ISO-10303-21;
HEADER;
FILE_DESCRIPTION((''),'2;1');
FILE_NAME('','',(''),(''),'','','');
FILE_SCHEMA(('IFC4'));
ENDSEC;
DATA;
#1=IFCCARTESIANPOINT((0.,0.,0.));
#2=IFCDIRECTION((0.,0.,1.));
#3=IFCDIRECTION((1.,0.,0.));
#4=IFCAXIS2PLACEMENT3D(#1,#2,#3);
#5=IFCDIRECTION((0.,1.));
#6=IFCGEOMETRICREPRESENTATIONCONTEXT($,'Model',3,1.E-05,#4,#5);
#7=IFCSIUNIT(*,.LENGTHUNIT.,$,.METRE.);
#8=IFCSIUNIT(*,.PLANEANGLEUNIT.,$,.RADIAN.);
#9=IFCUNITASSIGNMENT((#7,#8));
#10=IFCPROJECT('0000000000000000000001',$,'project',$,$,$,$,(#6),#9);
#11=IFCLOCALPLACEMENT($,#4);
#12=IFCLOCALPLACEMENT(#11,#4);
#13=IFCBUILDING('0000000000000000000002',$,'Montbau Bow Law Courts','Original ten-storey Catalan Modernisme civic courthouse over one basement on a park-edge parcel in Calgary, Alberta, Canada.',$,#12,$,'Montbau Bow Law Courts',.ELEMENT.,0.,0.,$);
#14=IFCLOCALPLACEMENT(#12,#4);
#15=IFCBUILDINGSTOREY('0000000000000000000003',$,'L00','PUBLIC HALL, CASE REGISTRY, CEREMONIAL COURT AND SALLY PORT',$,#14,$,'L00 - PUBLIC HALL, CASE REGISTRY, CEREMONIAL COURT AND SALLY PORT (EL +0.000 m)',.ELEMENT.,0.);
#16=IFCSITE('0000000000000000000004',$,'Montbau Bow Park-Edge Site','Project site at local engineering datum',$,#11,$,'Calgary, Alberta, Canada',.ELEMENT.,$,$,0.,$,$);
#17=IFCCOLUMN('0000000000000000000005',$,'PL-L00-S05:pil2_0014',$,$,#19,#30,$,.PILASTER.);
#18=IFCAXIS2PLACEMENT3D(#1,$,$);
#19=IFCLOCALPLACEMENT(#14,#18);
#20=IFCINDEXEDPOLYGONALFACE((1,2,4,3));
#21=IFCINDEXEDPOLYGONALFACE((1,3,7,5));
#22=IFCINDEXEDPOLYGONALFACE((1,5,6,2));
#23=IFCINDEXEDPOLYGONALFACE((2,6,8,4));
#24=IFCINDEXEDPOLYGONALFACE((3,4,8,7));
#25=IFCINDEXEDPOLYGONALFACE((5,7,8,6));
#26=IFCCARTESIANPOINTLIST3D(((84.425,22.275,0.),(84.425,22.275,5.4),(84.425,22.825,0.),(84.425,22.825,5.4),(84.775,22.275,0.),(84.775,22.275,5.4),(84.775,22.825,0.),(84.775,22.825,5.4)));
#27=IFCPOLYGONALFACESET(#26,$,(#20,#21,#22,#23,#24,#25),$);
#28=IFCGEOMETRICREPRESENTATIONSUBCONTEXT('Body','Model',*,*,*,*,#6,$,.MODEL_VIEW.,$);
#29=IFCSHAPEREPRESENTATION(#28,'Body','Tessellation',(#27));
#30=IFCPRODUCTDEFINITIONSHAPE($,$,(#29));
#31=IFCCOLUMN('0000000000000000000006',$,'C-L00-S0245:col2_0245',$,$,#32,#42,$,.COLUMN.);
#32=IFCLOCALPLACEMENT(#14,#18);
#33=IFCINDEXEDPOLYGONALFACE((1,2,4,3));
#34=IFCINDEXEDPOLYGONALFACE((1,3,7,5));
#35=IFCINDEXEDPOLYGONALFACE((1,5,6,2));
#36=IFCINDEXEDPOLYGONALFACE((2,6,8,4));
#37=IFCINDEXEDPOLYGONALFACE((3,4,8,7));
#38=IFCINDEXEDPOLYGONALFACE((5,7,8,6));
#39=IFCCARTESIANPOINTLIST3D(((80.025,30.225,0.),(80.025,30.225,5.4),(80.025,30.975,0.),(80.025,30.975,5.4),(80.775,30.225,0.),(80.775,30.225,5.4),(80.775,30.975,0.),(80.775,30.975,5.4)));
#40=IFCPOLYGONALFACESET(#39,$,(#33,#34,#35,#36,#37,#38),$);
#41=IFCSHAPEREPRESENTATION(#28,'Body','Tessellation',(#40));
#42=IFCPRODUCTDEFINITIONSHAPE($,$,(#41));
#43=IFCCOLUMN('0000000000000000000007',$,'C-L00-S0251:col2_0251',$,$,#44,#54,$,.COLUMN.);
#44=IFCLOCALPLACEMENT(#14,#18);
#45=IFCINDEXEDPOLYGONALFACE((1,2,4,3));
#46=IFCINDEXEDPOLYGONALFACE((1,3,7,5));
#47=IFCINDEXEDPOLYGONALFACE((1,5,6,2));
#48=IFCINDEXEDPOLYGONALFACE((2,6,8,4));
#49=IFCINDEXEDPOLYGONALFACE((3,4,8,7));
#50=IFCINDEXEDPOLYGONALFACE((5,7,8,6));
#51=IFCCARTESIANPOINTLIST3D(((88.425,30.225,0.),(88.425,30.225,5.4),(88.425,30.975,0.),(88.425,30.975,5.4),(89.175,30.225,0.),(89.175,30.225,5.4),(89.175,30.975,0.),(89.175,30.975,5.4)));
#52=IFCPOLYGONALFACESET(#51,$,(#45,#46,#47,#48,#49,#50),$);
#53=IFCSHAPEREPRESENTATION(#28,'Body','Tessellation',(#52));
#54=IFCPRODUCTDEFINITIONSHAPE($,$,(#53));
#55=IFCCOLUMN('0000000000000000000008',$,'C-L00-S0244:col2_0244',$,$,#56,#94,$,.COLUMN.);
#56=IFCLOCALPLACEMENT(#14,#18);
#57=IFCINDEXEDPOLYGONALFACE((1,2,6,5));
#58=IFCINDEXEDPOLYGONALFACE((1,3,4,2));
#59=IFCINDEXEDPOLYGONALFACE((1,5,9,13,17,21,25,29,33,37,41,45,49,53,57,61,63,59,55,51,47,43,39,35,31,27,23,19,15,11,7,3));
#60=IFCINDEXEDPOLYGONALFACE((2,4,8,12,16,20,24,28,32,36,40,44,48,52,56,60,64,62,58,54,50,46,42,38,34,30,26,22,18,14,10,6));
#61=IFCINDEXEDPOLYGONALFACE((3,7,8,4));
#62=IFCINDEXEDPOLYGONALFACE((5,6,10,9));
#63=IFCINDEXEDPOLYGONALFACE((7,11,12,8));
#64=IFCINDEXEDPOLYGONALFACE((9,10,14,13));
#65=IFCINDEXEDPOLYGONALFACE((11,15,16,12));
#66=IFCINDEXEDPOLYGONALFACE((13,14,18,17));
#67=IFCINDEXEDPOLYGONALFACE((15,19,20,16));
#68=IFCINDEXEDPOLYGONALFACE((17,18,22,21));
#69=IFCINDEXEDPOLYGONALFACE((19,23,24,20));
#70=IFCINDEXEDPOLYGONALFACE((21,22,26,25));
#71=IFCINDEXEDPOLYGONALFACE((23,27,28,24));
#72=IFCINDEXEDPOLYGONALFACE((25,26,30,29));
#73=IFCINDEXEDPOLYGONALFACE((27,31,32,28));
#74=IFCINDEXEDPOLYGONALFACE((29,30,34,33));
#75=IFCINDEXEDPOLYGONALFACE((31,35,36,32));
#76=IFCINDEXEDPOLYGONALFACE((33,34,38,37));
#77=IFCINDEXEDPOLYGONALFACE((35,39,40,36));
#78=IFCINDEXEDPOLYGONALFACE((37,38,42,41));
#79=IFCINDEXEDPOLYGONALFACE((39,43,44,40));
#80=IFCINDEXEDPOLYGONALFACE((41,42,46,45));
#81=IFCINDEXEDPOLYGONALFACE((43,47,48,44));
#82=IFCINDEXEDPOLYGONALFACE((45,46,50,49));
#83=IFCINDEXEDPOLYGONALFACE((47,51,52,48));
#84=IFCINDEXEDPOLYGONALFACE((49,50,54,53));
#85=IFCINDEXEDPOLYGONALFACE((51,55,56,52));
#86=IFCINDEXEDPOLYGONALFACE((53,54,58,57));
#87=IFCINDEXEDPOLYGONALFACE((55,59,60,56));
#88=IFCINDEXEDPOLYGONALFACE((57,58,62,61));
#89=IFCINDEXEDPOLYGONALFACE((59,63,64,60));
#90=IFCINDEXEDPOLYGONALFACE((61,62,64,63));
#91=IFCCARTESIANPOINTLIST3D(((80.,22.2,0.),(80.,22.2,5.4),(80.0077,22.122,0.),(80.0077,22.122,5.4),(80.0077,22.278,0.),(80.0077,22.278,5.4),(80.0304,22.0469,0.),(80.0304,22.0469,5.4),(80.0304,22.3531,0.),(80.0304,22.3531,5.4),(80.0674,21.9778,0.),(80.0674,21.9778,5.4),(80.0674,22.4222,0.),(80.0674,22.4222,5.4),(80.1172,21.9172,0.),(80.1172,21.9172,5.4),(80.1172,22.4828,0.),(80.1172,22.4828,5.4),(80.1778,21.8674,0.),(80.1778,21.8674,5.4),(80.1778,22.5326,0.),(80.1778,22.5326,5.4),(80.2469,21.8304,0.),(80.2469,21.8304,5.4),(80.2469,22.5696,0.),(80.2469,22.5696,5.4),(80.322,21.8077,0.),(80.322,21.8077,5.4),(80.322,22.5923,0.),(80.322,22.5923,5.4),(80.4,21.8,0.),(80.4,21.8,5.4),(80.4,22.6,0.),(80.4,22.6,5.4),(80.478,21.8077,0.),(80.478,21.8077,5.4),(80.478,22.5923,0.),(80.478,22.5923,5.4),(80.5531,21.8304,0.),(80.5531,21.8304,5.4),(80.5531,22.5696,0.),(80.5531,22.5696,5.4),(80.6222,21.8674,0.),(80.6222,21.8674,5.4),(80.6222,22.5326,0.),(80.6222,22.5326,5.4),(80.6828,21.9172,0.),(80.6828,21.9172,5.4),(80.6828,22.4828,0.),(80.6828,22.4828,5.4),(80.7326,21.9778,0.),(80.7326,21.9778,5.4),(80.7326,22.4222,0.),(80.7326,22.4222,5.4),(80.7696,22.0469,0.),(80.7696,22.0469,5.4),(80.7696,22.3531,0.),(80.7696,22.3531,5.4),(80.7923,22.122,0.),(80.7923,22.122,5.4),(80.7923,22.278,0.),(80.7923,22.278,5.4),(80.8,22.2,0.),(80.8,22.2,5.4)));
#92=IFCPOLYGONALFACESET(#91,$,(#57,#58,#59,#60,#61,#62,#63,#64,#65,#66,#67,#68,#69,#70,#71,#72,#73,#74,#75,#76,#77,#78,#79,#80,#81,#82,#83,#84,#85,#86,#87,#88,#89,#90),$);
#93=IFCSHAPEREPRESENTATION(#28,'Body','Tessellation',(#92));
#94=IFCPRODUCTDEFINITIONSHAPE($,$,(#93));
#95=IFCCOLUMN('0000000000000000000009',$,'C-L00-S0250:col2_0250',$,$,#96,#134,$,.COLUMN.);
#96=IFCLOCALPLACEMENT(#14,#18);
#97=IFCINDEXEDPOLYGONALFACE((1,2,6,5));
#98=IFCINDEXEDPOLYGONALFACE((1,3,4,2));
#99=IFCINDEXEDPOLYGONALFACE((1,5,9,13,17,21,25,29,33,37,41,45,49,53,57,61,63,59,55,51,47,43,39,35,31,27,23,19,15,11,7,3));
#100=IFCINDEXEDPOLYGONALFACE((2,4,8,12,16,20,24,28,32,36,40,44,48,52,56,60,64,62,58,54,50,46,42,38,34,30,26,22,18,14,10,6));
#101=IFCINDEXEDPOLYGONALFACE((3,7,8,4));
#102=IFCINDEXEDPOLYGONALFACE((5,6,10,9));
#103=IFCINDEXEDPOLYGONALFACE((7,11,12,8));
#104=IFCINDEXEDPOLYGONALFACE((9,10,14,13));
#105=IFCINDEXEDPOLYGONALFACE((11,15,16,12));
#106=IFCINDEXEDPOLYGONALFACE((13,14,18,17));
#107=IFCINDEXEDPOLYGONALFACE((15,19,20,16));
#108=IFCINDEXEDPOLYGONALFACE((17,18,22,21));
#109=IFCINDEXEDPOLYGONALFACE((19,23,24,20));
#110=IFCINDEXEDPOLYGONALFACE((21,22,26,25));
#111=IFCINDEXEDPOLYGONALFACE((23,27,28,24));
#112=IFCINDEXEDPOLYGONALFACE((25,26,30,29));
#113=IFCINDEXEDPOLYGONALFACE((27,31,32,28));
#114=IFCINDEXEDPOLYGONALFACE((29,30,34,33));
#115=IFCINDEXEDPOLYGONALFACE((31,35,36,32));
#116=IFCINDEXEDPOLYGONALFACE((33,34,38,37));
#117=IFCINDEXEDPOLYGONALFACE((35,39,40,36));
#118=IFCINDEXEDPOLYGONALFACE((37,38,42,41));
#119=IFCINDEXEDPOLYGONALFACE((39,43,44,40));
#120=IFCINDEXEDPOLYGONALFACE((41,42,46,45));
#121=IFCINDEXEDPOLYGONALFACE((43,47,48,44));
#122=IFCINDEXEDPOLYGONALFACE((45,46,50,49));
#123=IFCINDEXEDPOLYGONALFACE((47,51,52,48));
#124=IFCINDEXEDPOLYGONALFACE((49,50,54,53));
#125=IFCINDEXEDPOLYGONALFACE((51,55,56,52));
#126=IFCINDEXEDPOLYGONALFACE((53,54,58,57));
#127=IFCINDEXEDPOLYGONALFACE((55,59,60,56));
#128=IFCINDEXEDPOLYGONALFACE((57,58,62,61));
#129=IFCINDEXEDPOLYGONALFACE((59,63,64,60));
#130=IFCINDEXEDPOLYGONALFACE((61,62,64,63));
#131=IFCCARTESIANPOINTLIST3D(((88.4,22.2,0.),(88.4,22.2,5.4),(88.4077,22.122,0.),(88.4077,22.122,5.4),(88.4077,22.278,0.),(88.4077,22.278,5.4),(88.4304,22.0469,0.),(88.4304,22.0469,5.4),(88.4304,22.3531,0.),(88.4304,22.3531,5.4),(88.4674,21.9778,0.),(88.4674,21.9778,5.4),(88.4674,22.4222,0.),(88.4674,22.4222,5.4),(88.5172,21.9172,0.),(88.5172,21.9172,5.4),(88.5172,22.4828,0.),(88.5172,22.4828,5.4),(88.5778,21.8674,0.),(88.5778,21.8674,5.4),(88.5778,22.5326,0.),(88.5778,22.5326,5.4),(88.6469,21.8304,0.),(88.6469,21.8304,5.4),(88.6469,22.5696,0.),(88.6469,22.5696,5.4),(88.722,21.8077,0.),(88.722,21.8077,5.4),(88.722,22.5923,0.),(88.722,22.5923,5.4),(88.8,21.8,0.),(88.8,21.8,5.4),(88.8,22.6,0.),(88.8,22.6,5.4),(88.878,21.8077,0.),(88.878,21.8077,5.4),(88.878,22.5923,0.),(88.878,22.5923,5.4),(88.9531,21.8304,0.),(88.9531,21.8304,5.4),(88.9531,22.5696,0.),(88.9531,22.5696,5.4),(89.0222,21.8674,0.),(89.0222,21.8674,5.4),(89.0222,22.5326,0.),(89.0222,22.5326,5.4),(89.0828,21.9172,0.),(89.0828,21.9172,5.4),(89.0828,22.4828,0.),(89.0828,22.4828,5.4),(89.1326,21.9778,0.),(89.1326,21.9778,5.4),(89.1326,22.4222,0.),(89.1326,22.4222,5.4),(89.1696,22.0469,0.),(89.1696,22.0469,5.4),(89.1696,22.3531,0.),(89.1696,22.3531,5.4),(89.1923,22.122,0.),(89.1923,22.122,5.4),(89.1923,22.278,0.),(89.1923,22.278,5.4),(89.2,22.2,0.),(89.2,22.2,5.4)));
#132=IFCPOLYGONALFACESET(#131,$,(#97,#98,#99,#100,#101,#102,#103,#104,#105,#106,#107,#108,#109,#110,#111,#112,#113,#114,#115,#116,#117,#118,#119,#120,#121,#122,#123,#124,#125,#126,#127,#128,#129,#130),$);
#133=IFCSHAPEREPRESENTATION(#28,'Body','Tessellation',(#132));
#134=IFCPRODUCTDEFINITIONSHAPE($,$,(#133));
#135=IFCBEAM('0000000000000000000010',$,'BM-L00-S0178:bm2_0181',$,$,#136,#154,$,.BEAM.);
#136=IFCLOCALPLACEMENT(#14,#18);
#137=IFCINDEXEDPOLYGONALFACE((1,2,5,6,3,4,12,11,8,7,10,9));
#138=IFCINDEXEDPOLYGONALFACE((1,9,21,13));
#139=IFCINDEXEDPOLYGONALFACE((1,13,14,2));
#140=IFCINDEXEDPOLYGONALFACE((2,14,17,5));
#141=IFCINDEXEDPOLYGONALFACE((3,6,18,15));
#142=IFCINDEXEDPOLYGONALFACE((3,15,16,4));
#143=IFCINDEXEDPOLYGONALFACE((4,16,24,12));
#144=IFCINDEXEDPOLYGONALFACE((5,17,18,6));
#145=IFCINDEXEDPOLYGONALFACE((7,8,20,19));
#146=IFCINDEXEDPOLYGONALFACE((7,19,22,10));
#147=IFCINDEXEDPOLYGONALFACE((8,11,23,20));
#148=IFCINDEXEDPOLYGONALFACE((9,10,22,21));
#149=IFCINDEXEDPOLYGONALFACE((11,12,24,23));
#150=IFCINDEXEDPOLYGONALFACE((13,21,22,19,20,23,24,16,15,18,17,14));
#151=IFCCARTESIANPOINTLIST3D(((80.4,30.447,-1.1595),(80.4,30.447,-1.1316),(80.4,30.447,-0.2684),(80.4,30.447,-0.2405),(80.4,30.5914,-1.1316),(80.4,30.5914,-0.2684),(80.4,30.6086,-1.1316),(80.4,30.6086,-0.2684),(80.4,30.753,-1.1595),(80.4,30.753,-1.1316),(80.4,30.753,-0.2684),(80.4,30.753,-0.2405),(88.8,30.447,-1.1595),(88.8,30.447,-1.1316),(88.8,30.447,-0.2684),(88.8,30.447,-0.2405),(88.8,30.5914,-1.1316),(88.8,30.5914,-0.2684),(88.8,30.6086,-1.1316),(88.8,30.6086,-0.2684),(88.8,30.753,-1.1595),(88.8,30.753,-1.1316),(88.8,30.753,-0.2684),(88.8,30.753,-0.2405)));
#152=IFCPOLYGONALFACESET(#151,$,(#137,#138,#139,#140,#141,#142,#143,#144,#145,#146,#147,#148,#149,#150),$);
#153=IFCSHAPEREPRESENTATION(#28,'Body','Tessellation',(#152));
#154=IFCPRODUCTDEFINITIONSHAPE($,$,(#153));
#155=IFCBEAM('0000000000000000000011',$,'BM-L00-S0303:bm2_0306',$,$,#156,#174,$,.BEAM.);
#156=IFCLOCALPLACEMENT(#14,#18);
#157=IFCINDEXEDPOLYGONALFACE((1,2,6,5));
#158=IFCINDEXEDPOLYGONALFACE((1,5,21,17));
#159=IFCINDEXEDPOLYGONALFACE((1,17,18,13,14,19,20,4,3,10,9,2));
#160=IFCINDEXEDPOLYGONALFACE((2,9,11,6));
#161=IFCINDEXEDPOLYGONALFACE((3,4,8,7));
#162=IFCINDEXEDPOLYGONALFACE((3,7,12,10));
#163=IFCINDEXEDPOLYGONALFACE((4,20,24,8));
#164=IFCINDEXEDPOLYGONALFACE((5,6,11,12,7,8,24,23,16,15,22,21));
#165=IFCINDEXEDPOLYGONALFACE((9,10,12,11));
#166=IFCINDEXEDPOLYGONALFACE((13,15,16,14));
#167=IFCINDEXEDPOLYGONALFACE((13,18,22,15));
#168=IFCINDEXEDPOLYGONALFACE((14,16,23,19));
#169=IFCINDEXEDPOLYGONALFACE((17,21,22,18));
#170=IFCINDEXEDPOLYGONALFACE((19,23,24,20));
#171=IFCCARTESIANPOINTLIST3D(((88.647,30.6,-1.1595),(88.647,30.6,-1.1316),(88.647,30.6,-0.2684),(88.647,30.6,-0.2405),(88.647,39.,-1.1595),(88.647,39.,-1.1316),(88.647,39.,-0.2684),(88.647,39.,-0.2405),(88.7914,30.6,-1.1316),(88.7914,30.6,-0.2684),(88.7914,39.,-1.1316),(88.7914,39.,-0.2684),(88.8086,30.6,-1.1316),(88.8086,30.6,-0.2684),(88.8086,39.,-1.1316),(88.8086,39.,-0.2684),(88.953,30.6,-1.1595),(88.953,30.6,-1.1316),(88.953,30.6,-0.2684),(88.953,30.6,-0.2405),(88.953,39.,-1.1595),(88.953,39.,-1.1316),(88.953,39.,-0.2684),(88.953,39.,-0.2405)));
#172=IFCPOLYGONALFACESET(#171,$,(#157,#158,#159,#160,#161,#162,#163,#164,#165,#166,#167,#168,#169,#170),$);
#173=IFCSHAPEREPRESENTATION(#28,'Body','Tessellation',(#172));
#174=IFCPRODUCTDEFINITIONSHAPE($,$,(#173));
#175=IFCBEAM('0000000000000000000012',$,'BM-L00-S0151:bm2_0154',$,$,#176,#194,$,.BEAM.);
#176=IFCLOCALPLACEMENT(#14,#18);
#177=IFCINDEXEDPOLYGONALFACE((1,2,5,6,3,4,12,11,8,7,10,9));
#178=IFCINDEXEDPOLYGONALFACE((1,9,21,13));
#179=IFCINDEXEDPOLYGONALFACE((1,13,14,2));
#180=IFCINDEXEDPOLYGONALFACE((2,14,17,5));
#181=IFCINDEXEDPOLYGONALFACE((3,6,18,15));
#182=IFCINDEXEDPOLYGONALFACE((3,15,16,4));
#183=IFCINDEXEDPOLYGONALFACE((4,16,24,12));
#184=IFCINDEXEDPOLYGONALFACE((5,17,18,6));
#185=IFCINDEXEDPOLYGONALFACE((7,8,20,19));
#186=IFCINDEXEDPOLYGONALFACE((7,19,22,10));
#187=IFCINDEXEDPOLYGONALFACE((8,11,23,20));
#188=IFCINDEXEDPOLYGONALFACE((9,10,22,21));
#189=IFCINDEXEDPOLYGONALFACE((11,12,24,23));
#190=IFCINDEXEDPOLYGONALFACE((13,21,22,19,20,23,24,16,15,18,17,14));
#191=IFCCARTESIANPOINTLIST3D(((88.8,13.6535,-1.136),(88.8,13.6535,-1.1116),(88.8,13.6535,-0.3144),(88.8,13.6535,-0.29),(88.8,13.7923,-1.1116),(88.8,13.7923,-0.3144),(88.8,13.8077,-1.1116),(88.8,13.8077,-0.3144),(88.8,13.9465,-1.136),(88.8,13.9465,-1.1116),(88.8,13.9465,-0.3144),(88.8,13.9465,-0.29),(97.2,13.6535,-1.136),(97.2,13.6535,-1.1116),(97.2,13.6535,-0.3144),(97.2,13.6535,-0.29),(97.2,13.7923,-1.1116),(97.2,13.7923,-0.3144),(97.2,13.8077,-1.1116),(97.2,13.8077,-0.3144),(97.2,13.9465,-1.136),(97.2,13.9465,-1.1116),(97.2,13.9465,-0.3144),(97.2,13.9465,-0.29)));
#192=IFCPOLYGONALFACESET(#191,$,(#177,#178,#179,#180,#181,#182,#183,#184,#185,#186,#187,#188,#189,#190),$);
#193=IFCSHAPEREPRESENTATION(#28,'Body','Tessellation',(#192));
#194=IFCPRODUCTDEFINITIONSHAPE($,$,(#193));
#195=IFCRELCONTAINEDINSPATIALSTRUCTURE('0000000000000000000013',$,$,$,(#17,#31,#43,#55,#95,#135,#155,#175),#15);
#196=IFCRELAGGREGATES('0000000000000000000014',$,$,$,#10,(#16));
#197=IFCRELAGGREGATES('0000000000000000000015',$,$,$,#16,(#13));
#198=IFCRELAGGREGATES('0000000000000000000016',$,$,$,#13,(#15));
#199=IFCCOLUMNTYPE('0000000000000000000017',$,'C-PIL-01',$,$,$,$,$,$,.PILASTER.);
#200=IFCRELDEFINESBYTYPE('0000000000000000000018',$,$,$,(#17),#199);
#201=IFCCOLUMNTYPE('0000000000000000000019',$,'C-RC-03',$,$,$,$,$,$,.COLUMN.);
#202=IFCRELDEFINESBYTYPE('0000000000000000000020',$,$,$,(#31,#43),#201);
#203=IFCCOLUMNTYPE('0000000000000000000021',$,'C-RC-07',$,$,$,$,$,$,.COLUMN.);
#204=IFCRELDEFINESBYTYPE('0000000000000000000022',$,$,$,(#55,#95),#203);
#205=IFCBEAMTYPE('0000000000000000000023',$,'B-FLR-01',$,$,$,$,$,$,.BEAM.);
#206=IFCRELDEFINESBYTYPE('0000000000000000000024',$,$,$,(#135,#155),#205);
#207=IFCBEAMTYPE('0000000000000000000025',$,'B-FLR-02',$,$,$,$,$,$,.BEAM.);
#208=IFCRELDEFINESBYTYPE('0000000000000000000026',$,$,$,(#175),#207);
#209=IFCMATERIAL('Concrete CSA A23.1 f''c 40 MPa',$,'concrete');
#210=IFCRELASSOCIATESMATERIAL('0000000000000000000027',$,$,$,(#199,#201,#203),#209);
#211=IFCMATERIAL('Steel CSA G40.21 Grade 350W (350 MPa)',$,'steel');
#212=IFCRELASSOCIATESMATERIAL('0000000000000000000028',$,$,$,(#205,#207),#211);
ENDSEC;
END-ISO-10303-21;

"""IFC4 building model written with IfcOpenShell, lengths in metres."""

from ifc_helpers import new_model, si_unit, direction, frame, origin_with_axes, origin_2d_with_axis, place, context, subcontext, project, spatial, rectangle, circle, i_section, extrude, material, material_profile, profile_set, type_object, element, save


model = new_model("IFC4")

# Units and contexts
model_context = context("Model", 3, precision=1e-05, world=origin_with_axes(), true_north=direction((0.0, 1.0)))
body_context = subcontext(model_context, "Body", "Model", "MODEL_VIEW")
ifc_project = project(units=[si_unit("LENGTHUNIT", "METRE"), si_unit("PLANEANGLEUNIT", "RADIAN")], contexts=[model_context])

# Site, building, storey
site_placement = place(None, origin_with_axes())
site = spatial("IfcSite", under=ifc_project, at=site_placement, Name="Montbau Bow Park-Edge Site", Description="Project site at local engineering datum", LongName="Calgary, Alberta, Canada", CompositionType="ELEMENT", RefElevation=0.0)
building_placement = place(site_placement, origin_with_axes())
building = spatial("IfcBuilding", under=site, at=building_placement, Name="Montbau Bow Law Courts", Description="Original ten-storey Catalan Modernisme civic courthouse over one basement on a park-edge parcel in Calgary, Alberta, Canada.", LongName="Montbau Bow Law Courts", CompositionType="ELEMENT", ElevationOfRefHeight=0.0, ElevationOfTerrain=0.0)
storey_placement = place(building_placement, origin_with_axes())
storey = spatial("IfcBuildingStorey", under=building, at=storey_placement, Name="L00", Description="PUBLIC HALL, CASE REGISTRY, CEREMONIAL COURT AND SALLY PORT", LongName="L00 - PUBLIC HALL, CASE REGISTRY, CEREMONIAL COURT AND SALLY PORT (EL +0.000 m)", CompositionType="ELEMENT", Elevation=0.0)

# Columns
ifc_material_1 = material(Name="Concrete CSA A23.1 f'c 40 MPa", Category="concrete")
ifc_material_profile_1 = material_profile(ifc_material_1, rectangle(XDim=0.35, YDim=0.55, at=origin_2d_with_axis()), Name="RC550X350", Category="Main", Priority=0)
ifc_profile_set_1 = profile_set([ifc_material_profile_1], Name="Concrete CSA A23.1 f'c 40 MPa")
column_type_1 = type_object("IfcColumnType", Name="C-PIL-01", PredefinedType="PILASTER", material=ifc_profile_set_1)
column_placement = place(None, frame((84.6, 22.55, 0.0), z_axis=(0.0, 0.0, 1.0), x_axis=(1.0, 0.0, 0.0)))
element("IfcColumn", 1, at=column_placement, inside=storey, type_object=column_type_1, Name="PL-L00-S05:pil2_0014", PredefinedType="PILASTER", context=body_context, shape_type="SweptSolid", body=[
    extrude(rectangle(XDim=0.35, YDim=0.55, at=origin_2d_with_axis()), origin_with_axes(), (0.0, 0.0, 1.0), 5.4),
])
ifc_material_profile_2 = material_profile(ifc_material_1, rectangle(XDim=0.75, YDim=0.75, at=origin_2d_with_axis()), Name="RC750X750", Category="Main", Priority=0)
ifc_profile_set_2 = profile_set([ifc_material_profile_2], Name="Concrete CSA A23.1 f'c 40 MPa")
column_type_2 = type_object("IfcColumnType", Name="C-RC-03", PredefinedType="COLUMN", material=ifc_profile_set_2)
for number, where, z_axis, x_axis, name in (
    (2, (80.4, 30.6, 0.0), (0.0, 0.0, 1.0), (1.0, 0.0, 0.0), "C-L00-S0245:col2_0245"),
    (3, (88.8, 30.6, 0.0), (0.0, 0.0, 1.0), (1.0, 0.0, 0.0), "C-L00-S0251:col2_0251"),
):
    element("IfcColumn", number, at=place(None, frame(where, z_axis=z_axis, x_axis=x_axis)), inside=storey, type_object=column_type_2, Name=name, PredefinedType="COLUMN", context=body_context, shape_type="SweptSolid", body=[
        extrude(rectangle(XDim=0.75, YDim=0.75, at=origin_2d_with_axis()), origin_with_axes(), (0.0, 0.0, 1.0), 5.4),
    ])
ifc_material_profile_3 = material_profile(ifc_material_1, circle(Radius=0.4, at=origin_2d_with_axis()), Name="RC800D", Category="Main", Priority=0)
ifc_profile_set_3 = profile_set([ifc_material_profile_3], Name="Concrete CSA A23.1 f'c 40 MPa")
column_type_3 = type_object("IfcColumnType", Name="C-RC-07", PredefinedType="COLUMN", material=ifc_profile_set_3)
for number, where, z_axis, x_axis, name in (
    (4, (80.4, 22.2, 0.0), (0.0, 0.0, 1.0), (1.0, 0.0, 0.0), "C-L00-S0244:col2_0244"),
    (5, (88.8, 22.2, 0.0), (0.0, 0.0, 1.0), (1.0, 0.0, 0.0), "C-L00-S0250:col2_0250"),
):
    element("IfcColumn", number, at=place(None, frame(where, z_axis=z_axis, x_axis=x_axis)), inside=storey, type_object=column_type_3, Name=name, PredefinedType="COLUMN", context=body_context, shape_type="SweptSolid", body=[
        extrude(circle(Radius=0.4, at=origin_2d_with_axis()), origin_with_axes(), (0.0, 0.0, 1.0), 5.4),
    ])

# Beams
ifc_material_2 = material(Name="Steel CSA G40.21 Grade 350W (350 MPa)", Category="steel")
ifc_material_profile_4 = material_profile(ifc_material_2, i_section(OverallWidth=0.306, OverallDepth=0.919, WebThickness=0.0173, FlangeThickness=0.0279, at=origin_2d_with_axis()), Name="W920X253", Category="Main", Priority=0)
ifc_profile_set_4 = profile_set([ifc_material_profile_4], Name="Steel CSA G40.21 Grade 350W (350 MPa)")
beam_type_1 = type_object("IfcBeamType", Name="B-FLR-01", PredefinedType="BEAM", material=ifc_profile_set_4)
for number, where, z_axis, x_axis, name in (
    (6, (80.4, 30.6, -0.7), (1.0, 0.0, 0.0), (0.0, 1.0, 0.0), "BM-L00-S0178:bm2_0181"),
    (7, (88.8, 30.6, -0.7), (0.0, 1.0, 0.0), (-1.0, 0.0, 0.0), "BM-L00-S0303:bm2_0306"),
):
    element("IfcBeam", number, at=place(None, frame(where, z_axis=z_axis, x_axis=x_axis)), inside=storey, type_object=beam_type_1, Name=name, PredefinedType="BEAM", context=body_context, shape_type="SweptSolid", body=[
        extrude(i_section(OverallWidth=0.306, OverallDepth=0.919, WebThickness=0.0173, FlangeThickness=0.0279, at=origin_2d_with_axis()), origin_with_axes(), (0.0, 0.0, 1.0), 8.4),
    ])
ifc_material_profile_5 = material_profile(ifc_material_2, i_section(OverallWidth=0.293, OverallDepth=0.846, WebThickness=0.0154, FlangeThickness=0.0244, at=origin_2d_with_axis()), Name="W840X210", Category="Main", Priority=0)
ifc_profile_set_5 = profile_set([ifc_material_profile_5], Name="Steel CSA G40.21 Grade 350W (350 MPa)")
beam_type_2 = type_object("IfcBeamType", Name="B-FLR-02", PredefinedType="BEAM", material=ifc_profile_set_5)
for number, where, z_axis, x_axis, name in (
    (8, (88.8, 13.8, -0.713), (1.0, 0.0, 0.0), (0.0, 1.0, 0.0), "BM-L00-S0151:bm2_0154"),
):
    element("IfcBeam", number, at=place(None, frame(where, z_axis=z_axis, x_axis=x_axis)), inside=storey, type_object=beam_type_2, Name=name, PredefinedType="BEAM", context=body_context, shape_type="SweptSolid", body=[
        extrude(i_section(OverallWidth=0.293, OverallDepth=0.846, WebThickness=0.0154, FlangeThickness=0.0244, at=origin_2d_with_axis()), origin_with_axes(), (0.0, 0.0, 1.0), 8.4),
    ])

save(model, "model.ifc")
